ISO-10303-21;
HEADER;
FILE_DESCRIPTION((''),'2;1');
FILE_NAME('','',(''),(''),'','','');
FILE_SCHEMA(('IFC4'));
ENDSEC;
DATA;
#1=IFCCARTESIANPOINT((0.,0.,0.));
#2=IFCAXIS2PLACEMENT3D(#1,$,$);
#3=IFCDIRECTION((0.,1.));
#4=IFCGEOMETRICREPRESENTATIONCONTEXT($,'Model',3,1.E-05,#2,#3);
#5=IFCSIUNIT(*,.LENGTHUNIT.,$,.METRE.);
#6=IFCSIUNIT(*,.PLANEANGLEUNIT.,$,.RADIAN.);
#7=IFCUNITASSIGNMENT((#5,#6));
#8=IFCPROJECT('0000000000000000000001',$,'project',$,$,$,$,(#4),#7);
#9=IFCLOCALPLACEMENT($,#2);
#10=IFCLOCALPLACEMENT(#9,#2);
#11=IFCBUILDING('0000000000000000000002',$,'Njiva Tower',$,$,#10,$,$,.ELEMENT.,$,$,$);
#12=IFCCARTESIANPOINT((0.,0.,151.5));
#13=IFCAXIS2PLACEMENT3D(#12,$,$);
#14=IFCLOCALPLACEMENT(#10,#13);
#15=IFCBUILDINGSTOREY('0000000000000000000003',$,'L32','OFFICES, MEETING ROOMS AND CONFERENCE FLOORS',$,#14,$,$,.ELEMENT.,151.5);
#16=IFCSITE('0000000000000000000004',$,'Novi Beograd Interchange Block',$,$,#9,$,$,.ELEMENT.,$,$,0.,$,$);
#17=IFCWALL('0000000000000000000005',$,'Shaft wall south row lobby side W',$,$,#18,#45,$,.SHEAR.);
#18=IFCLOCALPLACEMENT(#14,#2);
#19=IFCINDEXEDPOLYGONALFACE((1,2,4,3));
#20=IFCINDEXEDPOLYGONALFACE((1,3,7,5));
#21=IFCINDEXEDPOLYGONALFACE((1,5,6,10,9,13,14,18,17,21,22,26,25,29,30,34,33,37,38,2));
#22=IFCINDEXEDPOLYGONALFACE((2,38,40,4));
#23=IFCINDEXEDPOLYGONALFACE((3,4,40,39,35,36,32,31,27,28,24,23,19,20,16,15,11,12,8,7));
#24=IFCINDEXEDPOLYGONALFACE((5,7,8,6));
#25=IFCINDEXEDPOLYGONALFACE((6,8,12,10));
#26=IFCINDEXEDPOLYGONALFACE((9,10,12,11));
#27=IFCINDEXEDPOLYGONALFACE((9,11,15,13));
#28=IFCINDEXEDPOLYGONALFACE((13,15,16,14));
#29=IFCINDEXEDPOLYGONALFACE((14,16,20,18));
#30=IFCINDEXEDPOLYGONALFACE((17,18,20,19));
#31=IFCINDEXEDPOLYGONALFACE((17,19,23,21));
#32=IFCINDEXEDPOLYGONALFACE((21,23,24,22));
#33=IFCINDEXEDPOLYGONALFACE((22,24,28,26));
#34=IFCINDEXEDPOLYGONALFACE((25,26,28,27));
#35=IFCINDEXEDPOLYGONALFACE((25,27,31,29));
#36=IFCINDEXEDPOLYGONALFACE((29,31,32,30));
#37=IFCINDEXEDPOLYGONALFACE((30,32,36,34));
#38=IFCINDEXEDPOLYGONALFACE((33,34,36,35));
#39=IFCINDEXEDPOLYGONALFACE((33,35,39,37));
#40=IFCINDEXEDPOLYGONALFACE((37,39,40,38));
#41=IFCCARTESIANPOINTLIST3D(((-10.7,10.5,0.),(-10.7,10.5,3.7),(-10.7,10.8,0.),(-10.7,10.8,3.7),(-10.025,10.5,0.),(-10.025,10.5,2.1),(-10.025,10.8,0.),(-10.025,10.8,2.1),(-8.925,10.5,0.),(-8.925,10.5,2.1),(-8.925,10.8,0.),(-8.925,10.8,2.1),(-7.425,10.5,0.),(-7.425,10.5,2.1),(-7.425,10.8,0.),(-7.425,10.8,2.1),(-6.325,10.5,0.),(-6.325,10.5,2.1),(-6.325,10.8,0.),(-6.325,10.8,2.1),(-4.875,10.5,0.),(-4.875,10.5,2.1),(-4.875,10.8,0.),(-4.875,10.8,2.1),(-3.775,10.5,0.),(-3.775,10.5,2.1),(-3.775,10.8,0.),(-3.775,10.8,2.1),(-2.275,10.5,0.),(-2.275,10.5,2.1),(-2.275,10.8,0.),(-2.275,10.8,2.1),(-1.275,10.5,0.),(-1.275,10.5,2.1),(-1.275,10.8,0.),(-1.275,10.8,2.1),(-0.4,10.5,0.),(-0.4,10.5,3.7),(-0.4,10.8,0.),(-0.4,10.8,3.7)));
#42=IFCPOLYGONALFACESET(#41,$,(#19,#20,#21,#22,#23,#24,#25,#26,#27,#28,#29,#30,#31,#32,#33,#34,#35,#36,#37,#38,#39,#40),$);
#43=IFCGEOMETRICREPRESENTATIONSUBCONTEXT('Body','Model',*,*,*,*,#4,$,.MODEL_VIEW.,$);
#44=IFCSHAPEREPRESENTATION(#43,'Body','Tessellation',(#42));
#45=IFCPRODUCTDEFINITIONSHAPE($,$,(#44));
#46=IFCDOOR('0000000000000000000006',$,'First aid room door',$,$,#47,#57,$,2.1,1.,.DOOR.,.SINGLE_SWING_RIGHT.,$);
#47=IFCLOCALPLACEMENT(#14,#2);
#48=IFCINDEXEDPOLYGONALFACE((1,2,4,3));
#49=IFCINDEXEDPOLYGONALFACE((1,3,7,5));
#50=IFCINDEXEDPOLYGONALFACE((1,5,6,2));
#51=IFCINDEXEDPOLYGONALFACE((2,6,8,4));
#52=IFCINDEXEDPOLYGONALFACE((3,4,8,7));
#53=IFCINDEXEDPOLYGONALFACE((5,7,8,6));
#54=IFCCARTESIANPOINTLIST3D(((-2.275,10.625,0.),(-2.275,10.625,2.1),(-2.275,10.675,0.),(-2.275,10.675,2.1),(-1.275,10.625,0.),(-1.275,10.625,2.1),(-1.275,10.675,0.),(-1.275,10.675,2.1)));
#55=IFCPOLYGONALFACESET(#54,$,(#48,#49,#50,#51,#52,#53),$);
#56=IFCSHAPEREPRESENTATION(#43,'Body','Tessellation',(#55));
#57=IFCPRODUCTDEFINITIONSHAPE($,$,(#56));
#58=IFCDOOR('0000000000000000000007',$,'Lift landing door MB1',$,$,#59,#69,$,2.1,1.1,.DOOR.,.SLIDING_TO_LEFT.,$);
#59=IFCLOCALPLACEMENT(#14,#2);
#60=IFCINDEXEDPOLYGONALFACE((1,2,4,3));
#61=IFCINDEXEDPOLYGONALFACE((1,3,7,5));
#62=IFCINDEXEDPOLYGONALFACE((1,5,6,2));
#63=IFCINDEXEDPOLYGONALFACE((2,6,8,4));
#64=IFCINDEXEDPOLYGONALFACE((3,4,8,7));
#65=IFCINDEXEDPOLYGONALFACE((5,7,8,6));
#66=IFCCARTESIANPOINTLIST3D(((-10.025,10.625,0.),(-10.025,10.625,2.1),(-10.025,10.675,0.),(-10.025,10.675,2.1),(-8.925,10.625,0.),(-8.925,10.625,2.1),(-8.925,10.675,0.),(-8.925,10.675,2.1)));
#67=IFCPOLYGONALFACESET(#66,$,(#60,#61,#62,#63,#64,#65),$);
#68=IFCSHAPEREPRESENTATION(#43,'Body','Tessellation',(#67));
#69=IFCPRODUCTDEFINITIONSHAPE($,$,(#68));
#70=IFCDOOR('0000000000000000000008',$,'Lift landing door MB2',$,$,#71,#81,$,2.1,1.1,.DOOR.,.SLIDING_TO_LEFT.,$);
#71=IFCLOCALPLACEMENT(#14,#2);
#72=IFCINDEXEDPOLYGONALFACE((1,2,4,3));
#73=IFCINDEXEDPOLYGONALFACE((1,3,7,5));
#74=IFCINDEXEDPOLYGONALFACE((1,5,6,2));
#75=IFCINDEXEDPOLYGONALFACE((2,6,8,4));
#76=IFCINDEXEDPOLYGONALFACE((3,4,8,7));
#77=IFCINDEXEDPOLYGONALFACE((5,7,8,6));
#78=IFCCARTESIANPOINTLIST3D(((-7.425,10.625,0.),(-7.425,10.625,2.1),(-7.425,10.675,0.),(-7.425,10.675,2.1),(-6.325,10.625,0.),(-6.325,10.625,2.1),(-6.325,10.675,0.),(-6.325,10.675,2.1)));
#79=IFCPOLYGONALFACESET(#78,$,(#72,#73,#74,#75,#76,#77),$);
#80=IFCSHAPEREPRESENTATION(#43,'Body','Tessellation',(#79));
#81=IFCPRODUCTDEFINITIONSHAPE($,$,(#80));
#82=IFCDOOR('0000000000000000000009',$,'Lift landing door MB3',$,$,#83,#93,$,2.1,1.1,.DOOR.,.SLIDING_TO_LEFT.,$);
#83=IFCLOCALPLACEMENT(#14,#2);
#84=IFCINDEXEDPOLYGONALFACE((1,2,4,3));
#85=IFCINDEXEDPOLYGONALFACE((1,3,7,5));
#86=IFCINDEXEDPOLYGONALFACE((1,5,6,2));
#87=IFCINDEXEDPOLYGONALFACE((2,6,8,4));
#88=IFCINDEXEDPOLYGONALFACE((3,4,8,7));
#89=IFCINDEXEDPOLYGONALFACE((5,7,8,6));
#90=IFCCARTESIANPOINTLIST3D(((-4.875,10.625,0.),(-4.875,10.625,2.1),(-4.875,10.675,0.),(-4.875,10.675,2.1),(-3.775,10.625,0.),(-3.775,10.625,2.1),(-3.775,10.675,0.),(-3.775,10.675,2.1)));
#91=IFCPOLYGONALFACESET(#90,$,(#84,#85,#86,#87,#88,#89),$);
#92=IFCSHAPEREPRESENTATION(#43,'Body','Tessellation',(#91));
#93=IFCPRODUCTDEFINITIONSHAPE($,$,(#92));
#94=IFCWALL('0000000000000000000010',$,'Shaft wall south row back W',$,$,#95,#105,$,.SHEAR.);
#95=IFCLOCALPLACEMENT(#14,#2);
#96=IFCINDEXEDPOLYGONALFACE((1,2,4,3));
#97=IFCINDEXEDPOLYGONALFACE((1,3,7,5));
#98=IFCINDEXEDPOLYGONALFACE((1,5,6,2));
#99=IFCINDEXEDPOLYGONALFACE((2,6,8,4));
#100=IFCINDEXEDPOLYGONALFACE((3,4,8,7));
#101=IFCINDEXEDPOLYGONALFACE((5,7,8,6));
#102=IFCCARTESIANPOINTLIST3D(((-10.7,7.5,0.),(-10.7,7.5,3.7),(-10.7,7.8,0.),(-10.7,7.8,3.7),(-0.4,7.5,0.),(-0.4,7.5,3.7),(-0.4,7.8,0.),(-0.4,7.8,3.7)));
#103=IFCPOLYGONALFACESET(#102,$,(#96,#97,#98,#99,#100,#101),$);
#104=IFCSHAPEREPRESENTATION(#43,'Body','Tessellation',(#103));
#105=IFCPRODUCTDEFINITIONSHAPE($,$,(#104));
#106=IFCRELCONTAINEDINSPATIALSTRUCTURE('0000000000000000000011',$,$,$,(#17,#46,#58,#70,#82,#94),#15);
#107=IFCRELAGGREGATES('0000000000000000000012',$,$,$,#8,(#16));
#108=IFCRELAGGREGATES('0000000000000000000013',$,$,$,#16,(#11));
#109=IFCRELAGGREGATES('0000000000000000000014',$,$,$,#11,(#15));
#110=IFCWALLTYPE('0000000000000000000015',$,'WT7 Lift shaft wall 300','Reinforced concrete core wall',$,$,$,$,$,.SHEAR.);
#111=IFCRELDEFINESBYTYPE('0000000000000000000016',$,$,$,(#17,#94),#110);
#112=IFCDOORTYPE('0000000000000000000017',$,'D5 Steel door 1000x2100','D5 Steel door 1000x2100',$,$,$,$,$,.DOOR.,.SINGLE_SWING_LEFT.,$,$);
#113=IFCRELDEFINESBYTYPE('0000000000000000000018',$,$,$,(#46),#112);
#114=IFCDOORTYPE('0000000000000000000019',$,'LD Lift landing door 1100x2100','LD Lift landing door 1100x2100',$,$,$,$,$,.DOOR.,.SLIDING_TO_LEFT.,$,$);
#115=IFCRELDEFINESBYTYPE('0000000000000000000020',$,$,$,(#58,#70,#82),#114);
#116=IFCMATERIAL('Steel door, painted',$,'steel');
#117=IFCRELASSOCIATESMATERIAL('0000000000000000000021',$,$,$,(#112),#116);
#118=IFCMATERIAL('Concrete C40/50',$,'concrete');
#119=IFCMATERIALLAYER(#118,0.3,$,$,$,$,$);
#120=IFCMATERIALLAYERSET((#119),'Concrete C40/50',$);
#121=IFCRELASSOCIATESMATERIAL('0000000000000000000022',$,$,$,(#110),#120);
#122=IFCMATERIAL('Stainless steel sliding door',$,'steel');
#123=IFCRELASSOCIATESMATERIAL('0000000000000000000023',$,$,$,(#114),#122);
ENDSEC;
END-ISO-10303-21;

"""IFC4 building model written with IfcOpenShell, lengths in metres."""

from ifc_helpers import new_model, si_unit, direction, frame, frame_2d, origin, place, context, subcontext, project, spatial, rectangle, extrude, material, layer, layer_set, type_object, element, fill, save


model = new_model("IFC4")

# Units and contexts
model_context = context("Model", 3, precision=1e-05, world=origin(), true_north=direction((0.0, 1.0)))
body_context = subcontext(model_context, "Body", "Model", "MODEL_VIEW")
ifc_project = project(units=[si_unit("LENGTHUNIT", "METRE"), si_unit("PLANEANGLEUNIT", "RADIAN")], contexts=[model_context])

# Site, building, storey
site_placement = place(None, origin())
site = spatial("IfcSite", under=ifc_project, at=site_placement, Name="Novi Beograd Interchange Block", CompositionType="ELEMENT", RefElevation=0.0)
building_placement = place(site_placement, origin())
building = spatial("IfcBuilding", under=site, at=building_placement, Name="Njiva Tower", CompositionType="ELEMENT")
storey_placement = place(building_placement, frame((0.0, 0.0, 151.5)))
storey = spatial("IfcBuildingStorey", under=building, at=storey_placement, Name="L32", Description="OFFICES, MEETING ROOMS AND CONFERENCE FLOORS", CompositionType="ELEMENT", Elevation=151.5)

# Shared definitions
ifc_material_1 = material(Name="Concrete C40/50", Category="concrete")
ifc_material_2 = material(Name="Steel door, painted", Category="steel")
door_type_1 = type_object("IfcDoorType", Name="D5 Steel door 1000x2100", Description="D5 Steel door 1000x2100", OperationType="SINGLE_SWING_LEFT", PredefinedType="DOOR", material=ifc_material_2)

# Wall, openings, doors
ifc_layer_1 = layer(ifc_material_1, 0.3)
ifc_layer_set_1 = layer_set([ifc_layer_1], Name="Concrete C40/50")
wall_type_1 = type_object("IfcWallType", Name="WT7 Lift shaft wall 300", Description="Reinforced concrete core wall", PredefinedType="SHEAR", material=ifc_layer_set_1)
wall_1_placement = place(storey_placement, frame((-10.7, 10.65, 0.0), z_axis=(0.0, 0.0, 1.0), x_axis=(1.0, 0.0, 0.0)))
wall_1 = element("IfcWall", 1, at=wall_1_placement, inside=storey, type_object=wall_type_1, Name="Shaft wall south row lobby side W", PredefinedType="SHEAR", context=body_context, shape_type="SweptSolid", body=[
    extrude(rectangle(XDim=10.3, YDim=0.3, at=frame_2d((5.15, 0.0))), origin(), (0.0, 0.0, 1.0), 3.7),
])
opening_1_placement = place(wall_1_placement, frame((0.675, 0.0, 0.0)))
opening_1 = element("IfcOpeningElement", 2, at=opening_1_placement, cuts=wall_1, PredefinedType="OPENING", context=body_context, shape_type="SweptSolid", body=[
    extrude(rectangle(XDim=1.1, YDim=2.1, at=frame_2d((0.55, 1.05))), frame((0.0, 0.16, 0.0), z_axis=(0.0, -1.0, 0.0), x_axis=(1.0, 0.0, 0.0)), (0.0, 0.0, 1.0), 0.32),
])
opening_2_placement = place(wall_1_placement, frame((3.275, 0.0, 0.0)))
opening_2 = element("IfcOpeningElement", 3, at=opening_2_placement, cuts=wall_1, PredefinedType="OPENING", context=body_context, shape_type="SweptSolid", body=[
    extrude(rectangle(XDim=1.1, YDim=2.1, at=frame_2d((0.55, 1.05))), frame((0.0, 0.16, 0.0), z_axis=(0.0, -1.0, 0.0), x_axis=(1.0, 0.0, 0.0)), (0.0, 0.0, 1.0), 0.32),
])
opening_3_placement = place(wall_1_placement, frame((5.825, 0.0, 0.0)))
opening_3 = element("IfcOpeningElement", 4, at=opening_3_placement, cuts=wall_1, PredefinedType="OPENING", context=body_context, shape_type="SweptSolid", body=[
    extrude(rectangle(XDim=1.1, YDim=2.1, at=frame_2d((0.55, 1.05))), frame((0.0, 0.16, 0.0), z_axis=(0.0, -1.0, 0.0), x_axis=(1.0, 0.0, 0.0)), (0.0, 0.0, 1.0), 0.32),
])
opening_4_placement = place(wall_1_placement, frame((8.425, 0.0, 0.0)))
opening_4 = element("IfcOpeningElement", 5, at=opening_4_placement, cuts=wall_1, PredefinedType="OPENING", context=body_context, shape_type="SweptSolid", body=[
    extrude(rectangle(XDim=1.0, YDim=2.1, at=frame_2d((0.5, 1.05))), frame((0.0, 0.16, 0.0), z_axis=(0.0, -1.0, 0.0), x_axis=(1.0, 0.0, 0.0)), (0.0, 0.0, 1.0), 0.32),
])
door_1_placement = place(opening_4_placement, origin())
door_1 = element("IfcDoor", 6, at=door_1_placement, inside=storey, type_object=door_type_1, Name="First aid room door", OperationType="SINGLE_SWING_RIGHT", OverallHeight=2.1, OverallWidth=1.0, PredefinedType="DOOR", context=body_context, shape_type="SweptSolid", body=[
    extrude(rectangle(XDim=1.0, YDim=2.1, at=frame_2d((0.5, 1.05))), frame((0.0, 0.025, 0.0), z_axis=(0.0, -1.0, 0.0), x_axis=(1.0, 0.0, 0.0)), (0.0, 0.0, 1.0), 0.05),
])
fill(opening_4, door_1)
ifc_material_3 = material(Name="Stainless steel sliding door", Category="steel")
door_type_2 = type_object("IfcDoorType", Name="LD Lift landing door 1100x2100", Description="LD Lift landing door 1100x2100", OperationType="SLIDING_TO_LEFT", PredefinedType="DOOR", material=ifc_material_3)
door_2_placement = place(opening_1_placement, origin())
door_2 = element("IfcDoor", 7, at=door_2_placement, inside=storey, type_object=door_type_2, Name="Lift landing door MB1", OperationType="SLIDING_TO_LEFT", OverallHeight=2.1, OverallWidth=1.1, PredefinedType="DOOR", context=body_context, shape_type="SweptSolid", body=[
    extrude(rectangle(XDim=1.1, YDim=2.1, at=frame_2d((0.55, 1.05))), frame((0.0, 0.025, 0.0), z_axis=(0.0, -1.0, 0.0), x_axis=(1.0, 0.0, 0.0)), (0.0, 0.0, 1.0), 0.05),
])
fill(opening_1, door_2)
door_3_placement = place(opening_2_placement, origin())
door_3 = element("IfcDoor", 8, at=door_3_placement, inside=storey, type_object=door_type_2, Name="Lift landing door MB2", OperationType="SLIDING_TO_LEFT", OverallHeight=2.1, OverallWidth=1.1, PredefinedType="DOOR", context=body_context, shape_type="SweptSolid", body=[
    extrude(rectangle(XDim=1.1, YDim=2.1, at=frame_2d((0.55, 1.05))), frame((0.0, 0.025, 0.0), z_axis=(0.0, -1.0, 0.0), x_axis=(1.0, 0.0, 0.0)), (0.0, 0.0, 1.0), 0.05),
])
fill(opening_2, door_3)
door_4_placement = place(opening_3_placement, origin())
door_4 = element("IfcDoor", 9, at=door_4_placement, inside=storey, type_object=door_type_2, Name="Lift landing door MB3", OperationType="SLIDING_TO_LEFT", OverallHeight=2.1, OverallWidth=1.1, PredefinedType="DOOR", context=body_context, shape_type="SweptSolid", body=[
    extrude(rectangle(XDim=1.1, YDim=2.1, at=frame_2d((0.55, 1.05))), frame((0.0, 0.025, 0.0), z_axis=(0.0, -1.0, 0.0), x_axis=(1.0, 0.0, 0.0)), (0.0, 0.0, 1.0), 0.05),
])
fill(opening_3, door_4)

# Wall
wall_2_placement = place(storey_placement, frame((-10.7, 7.65, 0.0), z_axis=(0.0, 0.0, 1.0), x_axis=(1.0, 0.0, 0.0)))
element("IfcWall", 10, at=wall_2_placement, inside=storey, type_object=wall_type_1, Name="Shaft wall south row back W", PredefinedType="SHEAR", context=body_context, shape_type="SweptSolid", body=[
    extrude(rectangle(XDim=10.3, YDim=0.3, at=frame_2d((5.15, 0.0))), origin(), (0.0, 0.0, 1.0), 3.7),
])

save(model, "model.ifc")
